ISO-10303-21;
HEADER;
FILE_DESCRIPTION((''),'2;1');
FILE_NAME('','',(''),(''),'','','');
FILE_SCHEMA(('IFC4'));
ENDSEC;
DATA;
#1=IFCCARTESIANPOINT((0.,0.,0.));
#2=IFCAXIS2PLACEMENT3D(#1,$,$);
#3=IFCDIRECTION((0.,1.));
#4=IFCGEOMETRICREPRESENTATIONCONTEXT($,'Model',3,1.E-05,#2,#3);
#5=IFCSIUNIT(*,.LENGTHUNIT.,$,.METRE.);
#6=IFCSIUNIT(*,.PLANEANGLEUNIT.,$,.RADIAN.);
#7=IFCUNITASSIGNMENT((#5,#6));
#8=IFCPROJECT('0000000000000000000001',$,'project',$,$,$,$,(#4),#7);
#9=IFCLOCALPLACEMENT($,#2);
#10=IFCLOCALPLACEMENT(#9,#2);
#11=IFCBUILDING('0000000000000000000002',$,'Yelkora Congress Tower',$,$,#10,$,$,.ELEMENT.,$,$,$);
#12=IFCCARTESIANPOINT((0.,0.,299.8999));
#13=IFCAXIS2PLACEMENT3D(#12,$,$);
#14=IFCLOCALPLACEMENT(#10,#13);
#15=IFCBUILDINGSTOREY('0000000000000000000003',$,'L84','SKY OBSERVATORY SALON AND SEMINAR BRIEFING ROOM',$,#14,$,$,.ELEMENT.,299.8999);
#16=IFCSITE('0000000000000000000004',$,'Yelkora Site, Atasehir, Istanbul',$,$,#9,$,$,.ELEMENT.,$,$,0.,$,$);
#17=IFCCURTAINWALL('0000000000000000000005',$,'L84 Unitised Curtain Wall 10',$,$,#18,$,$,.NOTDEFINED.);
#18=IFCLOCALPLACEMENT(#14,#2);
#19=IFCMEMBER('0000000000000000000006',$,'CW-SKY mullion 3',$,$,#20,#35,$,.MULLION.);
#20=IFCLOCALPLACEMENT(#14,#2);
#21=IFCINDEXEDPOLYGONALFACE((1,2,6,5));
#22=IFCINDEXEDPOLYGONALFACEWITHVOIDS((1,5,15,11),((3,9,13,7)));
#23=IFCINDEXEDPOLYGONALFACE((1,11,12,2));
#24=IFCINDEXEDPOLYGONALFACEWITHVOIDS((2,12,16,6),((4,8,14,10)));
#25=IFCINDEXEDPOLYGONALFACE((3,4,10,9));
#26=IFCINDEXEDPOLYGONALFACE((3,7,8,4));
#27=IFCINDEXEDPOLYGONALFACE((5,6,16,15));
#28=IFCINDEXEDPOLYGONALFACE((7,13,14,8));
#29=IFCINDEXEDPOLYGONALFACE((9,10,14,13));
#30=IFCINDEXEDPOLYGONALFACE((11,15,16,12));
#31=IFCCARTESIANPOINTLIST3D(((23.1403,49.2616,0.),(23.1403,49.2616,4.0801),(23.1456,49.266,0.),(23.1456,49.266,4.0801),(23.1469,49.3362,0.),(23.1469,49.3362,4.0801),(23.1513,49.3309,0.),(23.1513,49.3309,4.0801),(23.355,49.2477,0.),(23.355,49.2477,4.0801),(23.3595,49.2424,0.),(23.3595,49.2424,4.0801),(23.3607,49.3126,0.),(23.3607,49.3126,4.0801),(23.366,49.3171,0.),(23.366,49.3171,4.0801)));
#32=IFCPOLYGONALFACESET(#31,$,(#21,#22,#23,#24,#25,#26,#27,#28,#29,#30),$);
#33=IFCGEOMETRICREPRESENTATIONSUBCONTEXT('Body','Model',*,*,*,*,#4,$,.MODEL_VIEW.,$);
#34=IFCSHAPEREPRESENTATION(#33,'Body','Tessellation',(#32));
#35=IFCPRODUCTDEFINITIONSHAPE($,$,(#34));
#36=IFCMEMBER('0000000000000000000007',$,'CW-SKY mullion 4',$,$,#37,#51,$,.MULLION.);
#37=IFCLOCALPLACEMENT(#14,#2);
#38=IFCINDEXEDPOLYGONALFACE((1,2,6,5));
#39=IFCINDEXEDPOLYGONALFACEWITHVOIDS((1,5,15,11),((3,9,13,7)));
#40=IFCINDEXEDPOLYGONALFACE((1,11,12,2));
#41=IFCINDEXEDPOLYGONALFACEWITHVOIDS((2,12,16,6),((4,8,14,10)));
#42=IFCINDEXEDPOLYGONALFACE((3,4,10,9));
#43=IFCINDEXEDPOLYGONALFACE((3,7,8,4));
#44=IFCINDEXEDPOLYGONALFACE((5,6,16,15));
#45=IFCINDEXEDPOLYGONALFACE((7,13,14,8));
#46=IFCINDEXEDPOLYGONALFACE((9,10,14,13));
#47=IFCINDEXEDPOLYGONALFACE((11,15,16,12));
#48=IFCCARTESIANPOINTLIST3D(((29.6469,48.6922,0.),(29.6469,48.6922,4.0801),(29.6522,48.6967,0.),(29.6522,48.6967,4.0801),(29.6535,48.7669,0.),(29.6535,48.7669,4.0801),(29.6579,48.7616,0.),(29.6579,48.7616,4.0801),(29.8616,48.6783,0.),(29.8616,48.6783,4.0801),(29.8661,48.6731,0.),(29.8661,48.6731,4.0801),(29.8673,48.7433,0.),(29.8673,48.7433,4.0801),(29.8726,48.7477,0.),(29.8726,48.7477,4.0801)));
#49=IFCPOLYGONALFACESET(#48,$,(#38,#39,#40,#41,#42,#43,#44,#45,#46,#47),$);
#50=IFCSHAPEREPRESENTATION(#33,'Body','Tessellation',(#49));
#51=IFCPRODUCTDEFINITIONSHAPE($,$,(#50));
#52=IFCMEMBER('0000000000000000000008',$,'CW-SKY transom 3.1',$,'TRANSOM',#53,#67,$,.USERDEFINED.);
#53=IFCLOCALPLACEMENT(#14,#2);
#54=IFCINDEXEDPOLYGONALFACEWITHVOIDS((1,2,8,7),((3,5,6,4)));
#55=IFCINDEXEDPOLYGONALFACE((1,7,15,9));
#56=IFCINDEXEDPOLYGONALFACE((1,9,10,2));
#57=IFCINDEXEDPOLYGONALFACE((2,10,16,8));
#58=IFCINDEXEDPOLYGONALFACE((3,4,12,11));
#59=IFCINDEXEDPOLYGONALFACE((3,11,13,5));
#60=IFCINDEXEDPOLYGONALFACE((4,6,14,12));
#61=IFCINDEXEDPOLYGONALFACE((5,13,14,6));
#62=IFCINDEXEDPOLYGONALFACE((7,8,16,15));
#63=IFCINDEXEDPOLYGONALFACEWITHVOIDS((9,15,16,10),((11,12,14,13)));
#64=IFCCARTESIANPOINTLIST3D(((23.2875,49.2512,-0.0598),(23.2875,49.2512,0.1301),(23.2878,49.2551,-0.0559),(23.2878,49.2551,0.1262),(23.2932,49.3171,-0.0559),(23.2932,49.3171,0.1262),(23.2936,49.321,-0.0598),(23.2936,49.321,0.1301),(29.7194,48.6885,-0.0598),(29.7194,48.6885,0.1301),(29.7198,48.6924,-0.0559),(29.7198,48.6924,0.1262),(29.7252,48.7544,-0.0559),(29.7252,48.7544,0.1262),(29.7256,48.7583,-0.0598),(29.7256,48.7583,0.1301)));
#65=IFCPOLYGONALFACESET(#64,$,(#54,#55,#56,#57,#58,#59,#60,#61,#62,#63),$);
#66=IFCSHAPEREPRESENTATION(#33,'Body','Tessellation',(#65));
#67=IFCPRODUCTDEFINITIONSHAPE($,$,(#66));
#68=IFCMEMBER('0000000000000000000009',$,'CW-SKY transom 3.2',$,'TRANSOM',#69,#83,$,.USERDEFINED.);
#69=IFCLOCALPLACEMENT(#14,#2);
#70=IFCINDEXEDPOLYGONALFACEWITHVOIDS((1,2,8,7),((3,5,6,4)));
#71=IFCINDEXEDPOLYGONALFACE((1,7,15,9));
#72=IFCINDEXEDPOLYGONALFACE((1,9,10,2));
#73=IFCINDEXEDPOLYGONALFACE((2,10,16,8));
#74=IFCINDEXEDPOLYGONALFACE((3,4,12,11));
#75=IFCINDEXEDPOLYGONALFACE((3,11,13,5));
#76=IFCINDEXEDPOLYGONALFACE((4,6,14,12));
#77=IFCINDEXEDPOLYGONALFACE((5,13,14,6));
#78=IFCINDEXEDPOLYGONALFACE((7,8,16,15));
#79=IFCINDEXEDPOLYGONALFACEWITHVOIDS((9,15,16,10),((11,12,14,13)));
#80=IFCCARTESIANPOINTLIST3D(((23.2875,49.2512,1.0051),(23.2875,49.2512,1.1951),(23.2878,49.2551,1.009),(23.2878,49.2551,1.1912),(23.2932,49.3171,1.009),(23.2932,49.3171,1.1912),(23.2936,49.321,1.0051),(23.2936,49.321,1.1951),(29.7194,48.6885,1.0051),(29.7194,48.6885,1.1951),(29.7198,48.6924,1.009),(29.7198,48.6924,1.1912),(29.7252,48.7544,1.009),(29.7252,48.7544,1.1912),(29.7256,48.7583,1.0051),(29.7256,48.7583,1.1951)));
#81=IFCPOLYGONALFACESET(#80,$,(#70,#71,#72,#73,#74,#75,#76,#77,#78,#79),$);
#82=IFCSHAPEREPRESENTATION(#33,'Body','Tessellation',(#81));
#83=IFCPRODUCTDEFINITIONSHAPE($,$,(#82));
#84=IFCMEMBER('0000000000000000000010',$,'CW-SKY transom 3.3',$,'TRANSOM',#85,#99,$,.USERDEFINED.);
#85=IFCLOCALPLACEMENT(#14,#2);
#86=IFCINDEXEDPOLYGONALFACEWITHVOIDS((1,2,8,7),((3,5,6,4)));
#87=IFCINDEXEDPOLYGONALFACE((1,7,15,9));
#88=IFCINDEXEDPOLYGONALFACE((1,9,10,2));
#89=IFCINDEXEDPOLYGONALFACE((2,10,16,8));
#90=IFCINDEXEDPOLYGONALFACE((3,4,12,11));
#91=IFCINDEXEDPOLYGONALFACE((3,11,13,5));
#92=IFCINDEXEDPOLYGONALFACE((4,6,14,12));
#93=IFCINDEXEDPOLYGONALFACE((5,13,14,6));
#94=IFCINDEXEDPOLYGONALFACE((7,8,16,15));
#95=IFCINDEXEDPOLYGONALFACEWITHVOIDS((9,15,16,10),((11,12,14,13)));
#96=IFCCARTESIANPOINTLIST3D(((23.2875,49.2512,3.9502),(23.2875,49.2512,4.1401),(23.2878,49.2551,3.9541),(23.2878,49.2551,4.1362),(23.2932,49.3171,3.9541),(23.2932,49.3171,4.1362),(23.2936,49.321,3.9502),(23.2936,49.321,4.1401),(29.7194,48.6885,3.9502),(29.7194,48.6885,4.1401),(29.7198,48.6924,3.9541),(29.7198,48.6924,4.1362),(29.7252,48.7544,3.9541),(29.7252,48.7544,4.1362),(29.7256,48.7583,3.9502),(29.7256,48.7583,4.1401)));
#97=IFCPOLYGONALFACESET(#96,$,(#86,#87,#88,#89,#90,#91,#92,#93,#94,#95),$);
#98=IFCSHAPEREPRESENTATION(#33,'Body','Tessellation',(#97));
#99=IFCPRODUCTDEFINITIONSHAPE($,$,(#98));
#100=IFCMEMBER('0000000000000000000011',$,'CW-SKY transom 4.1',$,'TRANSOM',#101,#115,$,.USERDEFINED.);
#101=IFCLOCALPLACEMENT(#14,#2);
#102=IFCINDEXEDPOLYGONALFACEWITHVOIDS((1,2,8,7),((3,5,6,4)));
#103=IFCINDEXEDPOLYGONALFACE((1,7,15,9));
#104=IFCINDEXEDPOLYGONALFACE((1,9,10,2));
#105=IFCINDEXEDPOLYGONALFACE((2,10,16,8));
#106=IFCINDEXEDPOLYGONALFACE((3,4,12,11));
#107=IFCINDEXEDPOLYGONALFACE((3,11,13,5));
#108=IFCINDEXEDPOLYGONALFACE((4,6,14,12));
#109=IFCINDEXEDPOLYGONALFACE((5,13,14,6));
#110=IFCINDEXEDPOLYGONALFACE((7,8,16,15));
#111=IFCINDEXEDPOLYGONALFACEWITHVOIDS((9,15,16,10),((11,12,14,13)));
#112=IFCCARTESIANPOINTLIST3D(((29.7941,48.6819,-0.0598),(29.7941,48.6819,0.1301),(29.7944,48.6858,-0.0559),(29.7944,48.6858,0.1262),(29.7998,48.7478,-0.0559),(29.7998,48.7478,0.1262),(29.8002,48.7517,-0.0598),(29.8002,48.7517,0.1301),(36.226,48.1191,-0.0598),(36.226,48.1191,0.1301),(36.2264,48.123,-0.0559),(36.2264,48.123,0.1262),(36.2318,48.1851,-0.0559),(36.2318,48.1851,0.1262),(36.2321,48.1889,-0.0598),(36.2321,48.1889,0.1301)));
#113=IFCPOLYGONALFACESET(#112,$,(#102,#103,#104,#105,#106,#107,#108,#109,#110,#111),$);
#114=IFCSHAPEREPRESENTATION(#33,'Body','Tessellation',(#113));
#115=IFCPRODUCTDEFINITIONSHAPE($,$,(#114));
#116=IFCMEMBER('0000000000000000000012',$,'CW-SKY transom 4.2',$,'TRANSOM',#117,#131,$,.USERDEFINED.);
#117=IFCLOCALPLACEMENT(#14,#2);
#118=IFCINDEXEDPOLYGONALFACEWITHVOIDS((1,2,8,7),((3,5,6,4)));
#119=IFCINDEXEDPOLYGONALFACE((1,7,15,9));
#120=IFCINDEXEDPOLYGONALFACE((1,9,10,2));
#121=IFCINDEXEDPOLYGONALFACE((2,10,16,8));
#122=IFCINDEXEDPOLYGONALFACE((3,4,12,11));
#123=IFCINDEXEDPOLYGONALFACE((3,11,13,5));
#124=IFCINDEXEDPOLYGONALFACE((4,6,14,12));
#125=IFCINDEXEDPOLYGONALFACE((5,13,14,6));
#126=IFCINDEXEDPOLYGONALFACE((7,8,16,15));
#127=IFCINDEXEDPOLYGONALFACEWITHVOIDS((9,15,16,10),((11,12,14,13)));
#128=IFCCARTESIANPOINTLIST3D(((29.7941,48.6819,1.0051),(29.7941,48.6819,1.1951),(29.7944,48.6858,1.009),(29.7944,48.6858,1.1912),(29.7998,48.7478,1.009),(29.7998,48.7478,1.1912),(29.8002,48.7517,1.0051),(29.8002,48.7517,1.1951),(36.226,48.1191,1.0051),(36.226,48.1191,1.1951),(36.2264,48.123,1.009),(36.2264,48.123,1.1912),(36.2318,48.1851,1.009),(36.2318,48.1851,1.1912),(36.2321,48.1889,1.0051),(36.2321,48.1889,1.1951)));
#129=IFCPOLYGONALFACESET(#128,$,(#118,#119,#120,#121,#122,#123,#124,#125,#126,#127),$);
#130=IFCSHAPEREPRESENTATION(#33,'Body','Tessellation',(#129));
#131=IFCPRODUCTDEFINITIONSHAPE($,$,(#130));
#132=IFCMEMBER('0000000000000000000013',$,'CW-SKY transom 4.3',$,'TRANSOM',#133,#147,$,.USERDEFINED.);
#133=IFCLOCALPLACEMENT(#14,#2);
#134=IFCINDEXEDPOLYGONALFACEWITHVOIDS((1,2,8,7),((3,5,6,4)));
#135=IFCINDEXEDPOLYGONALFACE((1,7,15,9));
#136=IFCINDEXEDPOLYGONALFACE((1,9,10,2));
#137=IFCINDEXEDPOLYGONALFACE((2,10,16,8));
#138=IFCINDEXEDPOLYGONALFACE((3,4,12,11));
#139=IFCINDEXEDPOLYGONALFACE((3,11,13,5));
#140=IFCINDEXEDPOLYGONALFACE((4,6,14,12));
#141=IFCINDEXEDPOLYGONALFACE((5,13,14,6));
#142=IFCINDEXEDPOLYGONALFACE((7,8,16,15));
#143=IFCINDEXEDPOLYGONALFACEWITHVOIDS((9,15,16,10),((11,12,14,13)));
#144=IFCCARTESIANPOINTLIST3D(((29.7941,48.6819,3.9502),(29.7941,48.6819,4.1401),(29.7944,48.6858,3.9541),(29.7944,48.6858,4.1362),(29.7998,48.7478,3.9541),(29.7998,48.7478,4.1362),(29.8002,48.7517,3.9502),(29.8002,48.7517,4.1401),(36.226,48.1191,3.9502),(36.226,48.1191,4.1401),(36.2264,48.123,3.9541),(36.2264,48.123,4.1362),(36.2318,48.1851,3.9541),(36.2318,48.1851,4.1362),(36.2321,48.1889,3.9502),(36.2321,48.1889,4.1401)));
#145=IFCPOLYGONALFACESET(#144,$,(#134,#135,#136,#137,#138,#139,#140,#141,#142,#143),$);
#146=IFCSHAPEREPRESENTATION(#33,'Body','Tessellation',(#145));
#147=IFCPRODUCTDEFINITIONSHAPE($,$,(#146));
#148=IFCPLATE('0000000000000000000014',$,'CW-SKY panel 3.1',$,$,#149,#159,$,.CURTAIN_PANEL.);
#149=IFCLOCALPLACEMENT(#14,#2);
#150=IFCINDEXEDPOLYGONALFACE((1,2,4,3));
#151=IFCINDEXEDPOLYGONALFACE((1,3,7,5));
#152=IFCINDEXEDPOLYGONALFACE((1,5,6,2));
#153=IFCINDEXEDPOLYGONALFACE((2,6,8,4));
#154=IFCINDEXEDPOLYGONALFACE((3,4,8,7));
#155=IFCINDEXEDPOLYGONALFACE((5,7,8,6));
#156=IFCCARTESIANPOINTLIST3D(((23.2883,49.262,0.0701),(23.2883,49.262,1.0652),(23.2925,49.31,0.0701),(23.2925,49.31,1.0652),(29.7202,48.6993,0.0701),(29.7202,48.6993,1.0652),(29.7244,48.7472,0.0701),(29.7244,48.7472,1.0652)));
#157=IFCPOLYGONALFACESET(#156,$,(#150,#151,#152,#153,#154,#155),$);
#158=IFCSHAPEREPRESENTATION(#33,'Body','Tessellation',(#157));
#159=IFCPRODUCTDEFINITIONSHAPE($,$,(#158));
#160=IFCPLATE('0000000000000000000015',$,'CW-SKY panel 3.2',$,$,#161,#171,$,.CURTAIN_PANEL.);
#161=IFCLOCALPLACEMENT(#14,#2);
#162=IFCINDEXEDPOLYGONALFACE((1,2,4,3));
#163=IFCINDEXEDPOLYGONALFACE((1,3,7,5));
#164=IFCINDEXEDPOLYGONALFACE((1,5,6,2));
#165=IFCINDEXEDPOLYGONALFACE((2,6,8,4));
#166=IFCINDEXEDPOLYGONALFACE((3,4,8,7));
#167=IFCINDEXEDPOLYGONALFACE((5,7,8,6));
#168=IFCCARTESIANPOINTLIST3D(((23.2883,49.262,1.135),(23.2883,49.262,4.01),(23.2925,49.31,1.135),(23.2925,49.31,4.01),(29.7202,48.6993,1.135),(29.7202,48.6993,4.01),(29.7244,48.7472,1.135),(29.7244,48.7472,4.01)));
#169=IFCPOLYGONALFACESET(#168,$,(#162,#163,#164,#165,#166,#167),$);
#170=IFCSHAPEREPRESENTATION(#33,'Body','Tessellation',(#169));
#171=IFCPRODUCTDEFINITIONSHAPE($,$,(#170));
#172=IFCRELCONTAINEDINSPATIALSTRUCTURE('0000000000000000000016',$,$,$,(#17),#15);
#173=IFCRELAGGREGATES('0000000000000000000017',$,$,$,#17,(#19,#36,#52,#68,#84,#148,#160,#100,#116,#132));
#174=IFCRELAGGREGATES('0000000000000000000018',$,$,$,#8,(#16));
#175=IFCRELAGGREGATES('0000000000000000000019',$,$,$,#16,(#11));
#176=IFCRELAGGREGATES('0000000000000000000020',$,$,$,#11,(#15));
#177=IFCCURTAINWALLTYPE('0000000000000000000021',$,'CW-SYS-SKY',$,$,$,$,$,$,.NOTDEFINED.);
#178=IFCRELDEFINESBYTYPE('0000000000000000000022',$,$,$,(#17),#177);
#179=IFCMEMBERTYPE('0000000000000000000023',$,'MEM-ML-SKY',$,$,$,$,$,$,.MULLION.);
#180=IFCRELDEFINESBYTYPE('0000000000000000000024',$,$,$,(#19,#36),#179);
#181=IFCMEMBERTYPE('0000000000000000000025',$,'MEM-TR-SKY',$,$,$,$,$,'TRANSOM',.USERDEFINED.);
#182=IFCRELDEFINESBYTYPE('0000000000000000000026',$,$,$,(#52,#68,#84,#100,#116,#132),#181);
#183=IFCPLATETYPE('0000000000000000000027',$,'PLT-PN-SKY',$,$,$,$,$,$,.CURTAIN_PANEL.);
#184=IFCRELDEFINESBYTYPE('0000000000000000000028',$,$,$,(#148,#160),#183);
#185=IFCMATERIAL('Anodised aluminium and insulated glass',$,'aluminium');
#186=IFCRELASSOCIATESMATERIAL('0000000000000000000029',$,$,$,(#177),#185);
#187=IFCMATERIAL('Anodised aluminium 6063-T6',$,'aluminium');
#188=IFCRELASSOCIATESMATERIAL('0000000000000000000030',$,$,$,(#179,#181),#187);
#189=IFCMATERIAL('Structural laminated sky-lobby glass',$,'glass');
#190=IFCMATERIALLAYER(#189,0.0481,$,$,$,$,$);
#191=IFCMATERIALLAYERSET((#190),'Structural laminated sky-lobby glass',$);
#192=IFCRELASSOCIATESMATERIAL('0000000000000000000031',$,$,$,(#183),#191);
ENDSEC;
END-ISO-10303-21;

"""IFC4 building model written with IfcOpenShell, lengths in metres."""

from ifc_helpers import new_model, si_unit, direction, frame, origin, origin_2d, place, context, subcontext, project, spatial, rectangle, hollow_rectangle, extrude, material, layer, layer_set, material_profile, profile_set, type_object, element, aggregate, save


model = new_model("IFC4")

# Units and contexts
model_context = context("Model", 3, precision=1e-05, world=origin(), true_north=direction((0.0, 1.0)))
body_context = subcontext(model_context, "Body", "Model", "MODEL_VIEW")
ifc_project = project(units=[si_unit("LENGTHUNIT", "METRE"), si_unit("PLANEANGLEUNIT", "RADIAN")], contexts=[model_context])

# Site, building, storey
site_placement = place(None, origin())
site = spatial("IfcSite", under=ifc_project, at=site_placement, Name="Yelkora Site, Atasehir, Istanbul", CompositionType="ELEMENT", RefElevation=0.0)
building_placement = place(site_placement, origin())
building = spatial("IfcBuilding", under=site, at=building_placement, Name="Yelkora Congress Tower", CompositionType="ELEMENT")
storey_placement = place(building_placement, frame((0.0, 0.0, 299.8999)))
storey = spatial("IfcBuildingStorey", under=building, at=storey_placement, Name="L84", Description="SKY OBSERVATORY SALON AND SEMINAR BRIEFING ROOM", CompositionType="ELEMENT", Elevation=299.8999)

# Curtain wall, members, plates
ifc_material_1 = material(Name="Anodised aluminium and insulated glass", Category="aluminium")
curtain_wall_type = type_object("IfcCurtainWallType", Name="CW-SYS-SKY", PredefinedType="NOTDEFINED", material=ifc_material_1)
curtain_wall_placement = place(storey_placement, origin())
curtain_wall = element("IfcCurtainWall", 1, at=curtain_wall_placement, inside=storey, type_object=curtain_wall_type, Name="L84 Unitised Curtain Wall 10", PredefinedType="NOTDEFINED")
ifc_material_2 = material(Name="Anodised aluminium 6063-T6", Category="aluminium")
ifc_material_profile_1 = material_profile(ifc_material_2, hollow_rectangle(XDim=0.075, YDim=0.22, WallThickness=0.0049, at=origin_2d()), Name="ALU 75x220x5")
ifc_profile_set_1 = profile_set([ifc_material_profile_1], Name="Anodised aluminium 6063-T6")
member_type_1 = type_object("IfcMemberType", Name="MEM-ML-SKY", PredefinedType="MULLION", material=ifc_profile_set_1)
member_1_placement = place(storey_placement, frame((23.2532, 49.2893, 0.0), z_axis=(0.0, 0.0, 1.0), x_axis=(0.087157, 0.996195, 0.0)))
member_1 = element("IfcMember", 2, at=member_1_placement, type_object=member_type_1, Name="CW-SKY mullion 3", PredefinedType="MULLION", context=body_context, shape_type="SweptSolid", body=[
    extrude(hollow_rectangle(XDim=0.075, YDim=0.22, WallThickness=0.0049, at=origin_2d()), origin(), (0.0, 0.0, 1.0), 4.0801),
])
member_2_placement = place(storey_placement, frame((29.7598, 48.72, 0.0), z_axis=(0.0, 0.0, 1.0), x_axis=(0.087157, 0.996195, 0.0)))
member_2 = element("IfcMember", 3, at=member_2_placement, type_object=member_type_1, Name="CW-SKY mullion 4", PredefinedType="MULLION", context=body_context, shape_type="SweptSolid", body=[
    extrude(hollow_rectangle(XDim=0.075, YDim=0.22, WallThickness=0.0049, at=origin_2d()), origin(), (0.0, 0.0, 1.0), 4.0801),
])
ifc_material_profile_2 = material_profile(ifc_material_2, hollow_rectangle(XDim=0.0701, YDim=0.1899, WallThickness=0.0039, at=origin_2d()), Name="ALU 70x190x4")
ifc_profile_set_2 = profile_set([ifc_material_profile_2], Name="Anodised aluminium 6063-T6")
member_type_2 = type_object("IfcMemberType", Name="MEM-TR-SKY", ElementType="TRANSOM", PredefinedType="USERDEFINED", material=ifc_profile_set_2)
member_3_placement = place(storey_placement, frame((23.2905, 49.2861, 0.0352), z_axis=(0.996194, -0.08716, 0.0), x_axis=(0.08716, 0.996194, 0.0)))
member_3 = element("IfcMember", 4, at=member_3_placement, type_object=member_type_2, Name="CW-SKY transom 3.1", ObjectType="TRANSOM", PredefinedType="USERDEFINED", context=body_context, shape_type="SweptSolid", body=[
    extrude(hollow_rectangle(XDim=0.0701, YDim=0.1899, WallThickness=0.0039, at=origin_2d()), origin(), (0.0, 0.0, 1.0), 6.4565),
])
member_4_placement = place(storey_placement, frame((23.2905, 49.2861, 1.1001), z_axis=(0.996194, -0.08716, 0.0), x_axis=(0.08716, 0.996194, 0.0)))
member_4 = element("IfcMember", 5, at=member_4_placement, type_object=member_type_2, Name="CW-SKY transom 3.2", ObjectType="TRANSOM", PredefinedType="USERDEFINED", context=body_context, shape_type="SweptSolid", body=[
    extrude(hollow_rectangle(XDim=0.0701, YDim=0.1899, WallThickness=0.0039, at=origin_2d()), origin(), (0.0, 0.0, 1.0), 6.4565),
])
member_5_placement = place(storey_placement, frame((23.2905, 49.2861, 4.0452), z_axis=(0.996194, -0.08716, 0.0), x_axis=(0.08716, 0.996194, 0.0)))
member_5 = element("IfcMember", 6, at=member_5_placement, type_object=member_type_2, Name="CW-SKY transom 3.3", ObjectType="TRANSOM", PredefinedType="USERDEFINED", context=body_context, shape_type="SweptSolid", body=[
    extrude(hollow_rectangle(XDim=0.0701, YDim=0.1899, WallThickness=0.0039, at=origin_2d()), origin(), (0.0, 0.0, 1.0), 6.4565),
])
member_6_placement = place(storey_placement, frame((29.7971, 48.7168, 0.0352), z_axis=(0.996194, -0.08716, 0.0), x_axis=(0.08716, 0.996194, 0.0)))
member_6 = element("IfcMember", 7, at=member_6_placement, type_object=member_type_2, Name="CW-SKY transom 4.1", ObjectType="TRANSOM", PredefinedType="USERDEFINED", context=body_context, shape_type="SweptSolid", body=[
    extrude(hollow_rectangle(XDim=0.0701, YDim=0.1899, WallThickness=0.0039, at=origin_2d()), origin(), (0.0, 0.0, 1.0), 6.4565),
])
member_7_placement = place(storey_placement, frame((29.7971, 48.7168, 1.1001), z_axis=(0.996194, -0.08716, 0.0), x_axis=(0.08716, 0.996194, 0.0)))
member_7 = element("IfcMember", 8, at=member_7_placement, type_object=member_type_2, Name="CW-SKY transom 4.2", ObjectType="TRANSOM", PredefinedType="USERDEFINED", context=body_context, shape_type="SweptSolid", body=[
    extrude(hollow_rectangle(XDim=0.0701, YDim=0.1899, WallThickness=0.0039, at=origin_2d()), origin(), (0.0, 0.0, 1.0), 6.4565),
])
member_8_placement = place(storey_placement, frame((29.7971, 48.7168, 4.0452), z_axis=(0.996194, -0.08716, 0.0), x_axis=(0.08716, 0.996194, 0.0)))
member_8 = element("IfcMember", 9, at=member_8_placement, type_object=member_type_2, Name="CW-SKY transom 4.3", ObjectType="TRANSOM", PredefinedType="USERDEFINED", context=body_context, shape_type="SweptSolid", body=[
    extrude(hollow_rectangle(XDim=0.0701, YDim=0.1899, WallThickness=0.0039, at=origin_2d()), origin(), (0.0, 0.0, 1.0), 6.4565),
])
ifc_material_3 = material(Name="Structural laminated sky-lobby glass", Category="glass")
ifc_layer_1 = layer(ifc_material_3, 0.0481)
ifc_layer_set_1 = layer_set([ifc_layer_1], Name="Structural laminated sky-lobby glass")
plate_type = type_object("IfcPlateType", Name="PLT-PN-SKY", PredefinedType="CURTAIN_PANEL", material=ifc_layer_set_1)
plate_1_placement = place(storey_placement, frame((26.5063, 49.0046, 0.0701), z_axis=(0.0, 0.0, 1.0), x_axis=(0.996195, -0.087157, 0.0)))
plate_1 = element("IfcPlate", 10, at=plate_1_placement, type_object=plate_type, Name="CW-SKY panel 3.1", PredefinedType="CURTAIN_PANEL", context=body_context, shape_type="SweptSolid", body=[
    extrude(rectangle(XDim=6.4565, YDim=0.0481, at=origin_2d()), origin(), (0.0, 0.0, 1.0), 0.9951),
])
plate_2_placement = place(storey_placement, frame((26.5063, 49.0046, 1.135), z_axis=(0.0, 0.0, 1.0), x_axis=(0.996195, -0.087157, 0.0)))
plate_2 = element("IfcPlate", 11, at=plate_2_placement, type_object=plate_type, Name="CW-SKY panel 3.2", PredefinedType="CURTAIN_PANEL", context=body_context, shape_type="SweptSolid", body=[
    extrude(rectangle(XDim=6.4565, YDim=0.0481, at=origin_2d()), origin(), (0.0, 0.0, 1.0), 2.875),
])
aggregate(curtain_wall, [member_1, member_2, member_3, member_4, member_5, plate_1, plate_2, member_6, member_7, member_8])

save(model, "model.ifc")
